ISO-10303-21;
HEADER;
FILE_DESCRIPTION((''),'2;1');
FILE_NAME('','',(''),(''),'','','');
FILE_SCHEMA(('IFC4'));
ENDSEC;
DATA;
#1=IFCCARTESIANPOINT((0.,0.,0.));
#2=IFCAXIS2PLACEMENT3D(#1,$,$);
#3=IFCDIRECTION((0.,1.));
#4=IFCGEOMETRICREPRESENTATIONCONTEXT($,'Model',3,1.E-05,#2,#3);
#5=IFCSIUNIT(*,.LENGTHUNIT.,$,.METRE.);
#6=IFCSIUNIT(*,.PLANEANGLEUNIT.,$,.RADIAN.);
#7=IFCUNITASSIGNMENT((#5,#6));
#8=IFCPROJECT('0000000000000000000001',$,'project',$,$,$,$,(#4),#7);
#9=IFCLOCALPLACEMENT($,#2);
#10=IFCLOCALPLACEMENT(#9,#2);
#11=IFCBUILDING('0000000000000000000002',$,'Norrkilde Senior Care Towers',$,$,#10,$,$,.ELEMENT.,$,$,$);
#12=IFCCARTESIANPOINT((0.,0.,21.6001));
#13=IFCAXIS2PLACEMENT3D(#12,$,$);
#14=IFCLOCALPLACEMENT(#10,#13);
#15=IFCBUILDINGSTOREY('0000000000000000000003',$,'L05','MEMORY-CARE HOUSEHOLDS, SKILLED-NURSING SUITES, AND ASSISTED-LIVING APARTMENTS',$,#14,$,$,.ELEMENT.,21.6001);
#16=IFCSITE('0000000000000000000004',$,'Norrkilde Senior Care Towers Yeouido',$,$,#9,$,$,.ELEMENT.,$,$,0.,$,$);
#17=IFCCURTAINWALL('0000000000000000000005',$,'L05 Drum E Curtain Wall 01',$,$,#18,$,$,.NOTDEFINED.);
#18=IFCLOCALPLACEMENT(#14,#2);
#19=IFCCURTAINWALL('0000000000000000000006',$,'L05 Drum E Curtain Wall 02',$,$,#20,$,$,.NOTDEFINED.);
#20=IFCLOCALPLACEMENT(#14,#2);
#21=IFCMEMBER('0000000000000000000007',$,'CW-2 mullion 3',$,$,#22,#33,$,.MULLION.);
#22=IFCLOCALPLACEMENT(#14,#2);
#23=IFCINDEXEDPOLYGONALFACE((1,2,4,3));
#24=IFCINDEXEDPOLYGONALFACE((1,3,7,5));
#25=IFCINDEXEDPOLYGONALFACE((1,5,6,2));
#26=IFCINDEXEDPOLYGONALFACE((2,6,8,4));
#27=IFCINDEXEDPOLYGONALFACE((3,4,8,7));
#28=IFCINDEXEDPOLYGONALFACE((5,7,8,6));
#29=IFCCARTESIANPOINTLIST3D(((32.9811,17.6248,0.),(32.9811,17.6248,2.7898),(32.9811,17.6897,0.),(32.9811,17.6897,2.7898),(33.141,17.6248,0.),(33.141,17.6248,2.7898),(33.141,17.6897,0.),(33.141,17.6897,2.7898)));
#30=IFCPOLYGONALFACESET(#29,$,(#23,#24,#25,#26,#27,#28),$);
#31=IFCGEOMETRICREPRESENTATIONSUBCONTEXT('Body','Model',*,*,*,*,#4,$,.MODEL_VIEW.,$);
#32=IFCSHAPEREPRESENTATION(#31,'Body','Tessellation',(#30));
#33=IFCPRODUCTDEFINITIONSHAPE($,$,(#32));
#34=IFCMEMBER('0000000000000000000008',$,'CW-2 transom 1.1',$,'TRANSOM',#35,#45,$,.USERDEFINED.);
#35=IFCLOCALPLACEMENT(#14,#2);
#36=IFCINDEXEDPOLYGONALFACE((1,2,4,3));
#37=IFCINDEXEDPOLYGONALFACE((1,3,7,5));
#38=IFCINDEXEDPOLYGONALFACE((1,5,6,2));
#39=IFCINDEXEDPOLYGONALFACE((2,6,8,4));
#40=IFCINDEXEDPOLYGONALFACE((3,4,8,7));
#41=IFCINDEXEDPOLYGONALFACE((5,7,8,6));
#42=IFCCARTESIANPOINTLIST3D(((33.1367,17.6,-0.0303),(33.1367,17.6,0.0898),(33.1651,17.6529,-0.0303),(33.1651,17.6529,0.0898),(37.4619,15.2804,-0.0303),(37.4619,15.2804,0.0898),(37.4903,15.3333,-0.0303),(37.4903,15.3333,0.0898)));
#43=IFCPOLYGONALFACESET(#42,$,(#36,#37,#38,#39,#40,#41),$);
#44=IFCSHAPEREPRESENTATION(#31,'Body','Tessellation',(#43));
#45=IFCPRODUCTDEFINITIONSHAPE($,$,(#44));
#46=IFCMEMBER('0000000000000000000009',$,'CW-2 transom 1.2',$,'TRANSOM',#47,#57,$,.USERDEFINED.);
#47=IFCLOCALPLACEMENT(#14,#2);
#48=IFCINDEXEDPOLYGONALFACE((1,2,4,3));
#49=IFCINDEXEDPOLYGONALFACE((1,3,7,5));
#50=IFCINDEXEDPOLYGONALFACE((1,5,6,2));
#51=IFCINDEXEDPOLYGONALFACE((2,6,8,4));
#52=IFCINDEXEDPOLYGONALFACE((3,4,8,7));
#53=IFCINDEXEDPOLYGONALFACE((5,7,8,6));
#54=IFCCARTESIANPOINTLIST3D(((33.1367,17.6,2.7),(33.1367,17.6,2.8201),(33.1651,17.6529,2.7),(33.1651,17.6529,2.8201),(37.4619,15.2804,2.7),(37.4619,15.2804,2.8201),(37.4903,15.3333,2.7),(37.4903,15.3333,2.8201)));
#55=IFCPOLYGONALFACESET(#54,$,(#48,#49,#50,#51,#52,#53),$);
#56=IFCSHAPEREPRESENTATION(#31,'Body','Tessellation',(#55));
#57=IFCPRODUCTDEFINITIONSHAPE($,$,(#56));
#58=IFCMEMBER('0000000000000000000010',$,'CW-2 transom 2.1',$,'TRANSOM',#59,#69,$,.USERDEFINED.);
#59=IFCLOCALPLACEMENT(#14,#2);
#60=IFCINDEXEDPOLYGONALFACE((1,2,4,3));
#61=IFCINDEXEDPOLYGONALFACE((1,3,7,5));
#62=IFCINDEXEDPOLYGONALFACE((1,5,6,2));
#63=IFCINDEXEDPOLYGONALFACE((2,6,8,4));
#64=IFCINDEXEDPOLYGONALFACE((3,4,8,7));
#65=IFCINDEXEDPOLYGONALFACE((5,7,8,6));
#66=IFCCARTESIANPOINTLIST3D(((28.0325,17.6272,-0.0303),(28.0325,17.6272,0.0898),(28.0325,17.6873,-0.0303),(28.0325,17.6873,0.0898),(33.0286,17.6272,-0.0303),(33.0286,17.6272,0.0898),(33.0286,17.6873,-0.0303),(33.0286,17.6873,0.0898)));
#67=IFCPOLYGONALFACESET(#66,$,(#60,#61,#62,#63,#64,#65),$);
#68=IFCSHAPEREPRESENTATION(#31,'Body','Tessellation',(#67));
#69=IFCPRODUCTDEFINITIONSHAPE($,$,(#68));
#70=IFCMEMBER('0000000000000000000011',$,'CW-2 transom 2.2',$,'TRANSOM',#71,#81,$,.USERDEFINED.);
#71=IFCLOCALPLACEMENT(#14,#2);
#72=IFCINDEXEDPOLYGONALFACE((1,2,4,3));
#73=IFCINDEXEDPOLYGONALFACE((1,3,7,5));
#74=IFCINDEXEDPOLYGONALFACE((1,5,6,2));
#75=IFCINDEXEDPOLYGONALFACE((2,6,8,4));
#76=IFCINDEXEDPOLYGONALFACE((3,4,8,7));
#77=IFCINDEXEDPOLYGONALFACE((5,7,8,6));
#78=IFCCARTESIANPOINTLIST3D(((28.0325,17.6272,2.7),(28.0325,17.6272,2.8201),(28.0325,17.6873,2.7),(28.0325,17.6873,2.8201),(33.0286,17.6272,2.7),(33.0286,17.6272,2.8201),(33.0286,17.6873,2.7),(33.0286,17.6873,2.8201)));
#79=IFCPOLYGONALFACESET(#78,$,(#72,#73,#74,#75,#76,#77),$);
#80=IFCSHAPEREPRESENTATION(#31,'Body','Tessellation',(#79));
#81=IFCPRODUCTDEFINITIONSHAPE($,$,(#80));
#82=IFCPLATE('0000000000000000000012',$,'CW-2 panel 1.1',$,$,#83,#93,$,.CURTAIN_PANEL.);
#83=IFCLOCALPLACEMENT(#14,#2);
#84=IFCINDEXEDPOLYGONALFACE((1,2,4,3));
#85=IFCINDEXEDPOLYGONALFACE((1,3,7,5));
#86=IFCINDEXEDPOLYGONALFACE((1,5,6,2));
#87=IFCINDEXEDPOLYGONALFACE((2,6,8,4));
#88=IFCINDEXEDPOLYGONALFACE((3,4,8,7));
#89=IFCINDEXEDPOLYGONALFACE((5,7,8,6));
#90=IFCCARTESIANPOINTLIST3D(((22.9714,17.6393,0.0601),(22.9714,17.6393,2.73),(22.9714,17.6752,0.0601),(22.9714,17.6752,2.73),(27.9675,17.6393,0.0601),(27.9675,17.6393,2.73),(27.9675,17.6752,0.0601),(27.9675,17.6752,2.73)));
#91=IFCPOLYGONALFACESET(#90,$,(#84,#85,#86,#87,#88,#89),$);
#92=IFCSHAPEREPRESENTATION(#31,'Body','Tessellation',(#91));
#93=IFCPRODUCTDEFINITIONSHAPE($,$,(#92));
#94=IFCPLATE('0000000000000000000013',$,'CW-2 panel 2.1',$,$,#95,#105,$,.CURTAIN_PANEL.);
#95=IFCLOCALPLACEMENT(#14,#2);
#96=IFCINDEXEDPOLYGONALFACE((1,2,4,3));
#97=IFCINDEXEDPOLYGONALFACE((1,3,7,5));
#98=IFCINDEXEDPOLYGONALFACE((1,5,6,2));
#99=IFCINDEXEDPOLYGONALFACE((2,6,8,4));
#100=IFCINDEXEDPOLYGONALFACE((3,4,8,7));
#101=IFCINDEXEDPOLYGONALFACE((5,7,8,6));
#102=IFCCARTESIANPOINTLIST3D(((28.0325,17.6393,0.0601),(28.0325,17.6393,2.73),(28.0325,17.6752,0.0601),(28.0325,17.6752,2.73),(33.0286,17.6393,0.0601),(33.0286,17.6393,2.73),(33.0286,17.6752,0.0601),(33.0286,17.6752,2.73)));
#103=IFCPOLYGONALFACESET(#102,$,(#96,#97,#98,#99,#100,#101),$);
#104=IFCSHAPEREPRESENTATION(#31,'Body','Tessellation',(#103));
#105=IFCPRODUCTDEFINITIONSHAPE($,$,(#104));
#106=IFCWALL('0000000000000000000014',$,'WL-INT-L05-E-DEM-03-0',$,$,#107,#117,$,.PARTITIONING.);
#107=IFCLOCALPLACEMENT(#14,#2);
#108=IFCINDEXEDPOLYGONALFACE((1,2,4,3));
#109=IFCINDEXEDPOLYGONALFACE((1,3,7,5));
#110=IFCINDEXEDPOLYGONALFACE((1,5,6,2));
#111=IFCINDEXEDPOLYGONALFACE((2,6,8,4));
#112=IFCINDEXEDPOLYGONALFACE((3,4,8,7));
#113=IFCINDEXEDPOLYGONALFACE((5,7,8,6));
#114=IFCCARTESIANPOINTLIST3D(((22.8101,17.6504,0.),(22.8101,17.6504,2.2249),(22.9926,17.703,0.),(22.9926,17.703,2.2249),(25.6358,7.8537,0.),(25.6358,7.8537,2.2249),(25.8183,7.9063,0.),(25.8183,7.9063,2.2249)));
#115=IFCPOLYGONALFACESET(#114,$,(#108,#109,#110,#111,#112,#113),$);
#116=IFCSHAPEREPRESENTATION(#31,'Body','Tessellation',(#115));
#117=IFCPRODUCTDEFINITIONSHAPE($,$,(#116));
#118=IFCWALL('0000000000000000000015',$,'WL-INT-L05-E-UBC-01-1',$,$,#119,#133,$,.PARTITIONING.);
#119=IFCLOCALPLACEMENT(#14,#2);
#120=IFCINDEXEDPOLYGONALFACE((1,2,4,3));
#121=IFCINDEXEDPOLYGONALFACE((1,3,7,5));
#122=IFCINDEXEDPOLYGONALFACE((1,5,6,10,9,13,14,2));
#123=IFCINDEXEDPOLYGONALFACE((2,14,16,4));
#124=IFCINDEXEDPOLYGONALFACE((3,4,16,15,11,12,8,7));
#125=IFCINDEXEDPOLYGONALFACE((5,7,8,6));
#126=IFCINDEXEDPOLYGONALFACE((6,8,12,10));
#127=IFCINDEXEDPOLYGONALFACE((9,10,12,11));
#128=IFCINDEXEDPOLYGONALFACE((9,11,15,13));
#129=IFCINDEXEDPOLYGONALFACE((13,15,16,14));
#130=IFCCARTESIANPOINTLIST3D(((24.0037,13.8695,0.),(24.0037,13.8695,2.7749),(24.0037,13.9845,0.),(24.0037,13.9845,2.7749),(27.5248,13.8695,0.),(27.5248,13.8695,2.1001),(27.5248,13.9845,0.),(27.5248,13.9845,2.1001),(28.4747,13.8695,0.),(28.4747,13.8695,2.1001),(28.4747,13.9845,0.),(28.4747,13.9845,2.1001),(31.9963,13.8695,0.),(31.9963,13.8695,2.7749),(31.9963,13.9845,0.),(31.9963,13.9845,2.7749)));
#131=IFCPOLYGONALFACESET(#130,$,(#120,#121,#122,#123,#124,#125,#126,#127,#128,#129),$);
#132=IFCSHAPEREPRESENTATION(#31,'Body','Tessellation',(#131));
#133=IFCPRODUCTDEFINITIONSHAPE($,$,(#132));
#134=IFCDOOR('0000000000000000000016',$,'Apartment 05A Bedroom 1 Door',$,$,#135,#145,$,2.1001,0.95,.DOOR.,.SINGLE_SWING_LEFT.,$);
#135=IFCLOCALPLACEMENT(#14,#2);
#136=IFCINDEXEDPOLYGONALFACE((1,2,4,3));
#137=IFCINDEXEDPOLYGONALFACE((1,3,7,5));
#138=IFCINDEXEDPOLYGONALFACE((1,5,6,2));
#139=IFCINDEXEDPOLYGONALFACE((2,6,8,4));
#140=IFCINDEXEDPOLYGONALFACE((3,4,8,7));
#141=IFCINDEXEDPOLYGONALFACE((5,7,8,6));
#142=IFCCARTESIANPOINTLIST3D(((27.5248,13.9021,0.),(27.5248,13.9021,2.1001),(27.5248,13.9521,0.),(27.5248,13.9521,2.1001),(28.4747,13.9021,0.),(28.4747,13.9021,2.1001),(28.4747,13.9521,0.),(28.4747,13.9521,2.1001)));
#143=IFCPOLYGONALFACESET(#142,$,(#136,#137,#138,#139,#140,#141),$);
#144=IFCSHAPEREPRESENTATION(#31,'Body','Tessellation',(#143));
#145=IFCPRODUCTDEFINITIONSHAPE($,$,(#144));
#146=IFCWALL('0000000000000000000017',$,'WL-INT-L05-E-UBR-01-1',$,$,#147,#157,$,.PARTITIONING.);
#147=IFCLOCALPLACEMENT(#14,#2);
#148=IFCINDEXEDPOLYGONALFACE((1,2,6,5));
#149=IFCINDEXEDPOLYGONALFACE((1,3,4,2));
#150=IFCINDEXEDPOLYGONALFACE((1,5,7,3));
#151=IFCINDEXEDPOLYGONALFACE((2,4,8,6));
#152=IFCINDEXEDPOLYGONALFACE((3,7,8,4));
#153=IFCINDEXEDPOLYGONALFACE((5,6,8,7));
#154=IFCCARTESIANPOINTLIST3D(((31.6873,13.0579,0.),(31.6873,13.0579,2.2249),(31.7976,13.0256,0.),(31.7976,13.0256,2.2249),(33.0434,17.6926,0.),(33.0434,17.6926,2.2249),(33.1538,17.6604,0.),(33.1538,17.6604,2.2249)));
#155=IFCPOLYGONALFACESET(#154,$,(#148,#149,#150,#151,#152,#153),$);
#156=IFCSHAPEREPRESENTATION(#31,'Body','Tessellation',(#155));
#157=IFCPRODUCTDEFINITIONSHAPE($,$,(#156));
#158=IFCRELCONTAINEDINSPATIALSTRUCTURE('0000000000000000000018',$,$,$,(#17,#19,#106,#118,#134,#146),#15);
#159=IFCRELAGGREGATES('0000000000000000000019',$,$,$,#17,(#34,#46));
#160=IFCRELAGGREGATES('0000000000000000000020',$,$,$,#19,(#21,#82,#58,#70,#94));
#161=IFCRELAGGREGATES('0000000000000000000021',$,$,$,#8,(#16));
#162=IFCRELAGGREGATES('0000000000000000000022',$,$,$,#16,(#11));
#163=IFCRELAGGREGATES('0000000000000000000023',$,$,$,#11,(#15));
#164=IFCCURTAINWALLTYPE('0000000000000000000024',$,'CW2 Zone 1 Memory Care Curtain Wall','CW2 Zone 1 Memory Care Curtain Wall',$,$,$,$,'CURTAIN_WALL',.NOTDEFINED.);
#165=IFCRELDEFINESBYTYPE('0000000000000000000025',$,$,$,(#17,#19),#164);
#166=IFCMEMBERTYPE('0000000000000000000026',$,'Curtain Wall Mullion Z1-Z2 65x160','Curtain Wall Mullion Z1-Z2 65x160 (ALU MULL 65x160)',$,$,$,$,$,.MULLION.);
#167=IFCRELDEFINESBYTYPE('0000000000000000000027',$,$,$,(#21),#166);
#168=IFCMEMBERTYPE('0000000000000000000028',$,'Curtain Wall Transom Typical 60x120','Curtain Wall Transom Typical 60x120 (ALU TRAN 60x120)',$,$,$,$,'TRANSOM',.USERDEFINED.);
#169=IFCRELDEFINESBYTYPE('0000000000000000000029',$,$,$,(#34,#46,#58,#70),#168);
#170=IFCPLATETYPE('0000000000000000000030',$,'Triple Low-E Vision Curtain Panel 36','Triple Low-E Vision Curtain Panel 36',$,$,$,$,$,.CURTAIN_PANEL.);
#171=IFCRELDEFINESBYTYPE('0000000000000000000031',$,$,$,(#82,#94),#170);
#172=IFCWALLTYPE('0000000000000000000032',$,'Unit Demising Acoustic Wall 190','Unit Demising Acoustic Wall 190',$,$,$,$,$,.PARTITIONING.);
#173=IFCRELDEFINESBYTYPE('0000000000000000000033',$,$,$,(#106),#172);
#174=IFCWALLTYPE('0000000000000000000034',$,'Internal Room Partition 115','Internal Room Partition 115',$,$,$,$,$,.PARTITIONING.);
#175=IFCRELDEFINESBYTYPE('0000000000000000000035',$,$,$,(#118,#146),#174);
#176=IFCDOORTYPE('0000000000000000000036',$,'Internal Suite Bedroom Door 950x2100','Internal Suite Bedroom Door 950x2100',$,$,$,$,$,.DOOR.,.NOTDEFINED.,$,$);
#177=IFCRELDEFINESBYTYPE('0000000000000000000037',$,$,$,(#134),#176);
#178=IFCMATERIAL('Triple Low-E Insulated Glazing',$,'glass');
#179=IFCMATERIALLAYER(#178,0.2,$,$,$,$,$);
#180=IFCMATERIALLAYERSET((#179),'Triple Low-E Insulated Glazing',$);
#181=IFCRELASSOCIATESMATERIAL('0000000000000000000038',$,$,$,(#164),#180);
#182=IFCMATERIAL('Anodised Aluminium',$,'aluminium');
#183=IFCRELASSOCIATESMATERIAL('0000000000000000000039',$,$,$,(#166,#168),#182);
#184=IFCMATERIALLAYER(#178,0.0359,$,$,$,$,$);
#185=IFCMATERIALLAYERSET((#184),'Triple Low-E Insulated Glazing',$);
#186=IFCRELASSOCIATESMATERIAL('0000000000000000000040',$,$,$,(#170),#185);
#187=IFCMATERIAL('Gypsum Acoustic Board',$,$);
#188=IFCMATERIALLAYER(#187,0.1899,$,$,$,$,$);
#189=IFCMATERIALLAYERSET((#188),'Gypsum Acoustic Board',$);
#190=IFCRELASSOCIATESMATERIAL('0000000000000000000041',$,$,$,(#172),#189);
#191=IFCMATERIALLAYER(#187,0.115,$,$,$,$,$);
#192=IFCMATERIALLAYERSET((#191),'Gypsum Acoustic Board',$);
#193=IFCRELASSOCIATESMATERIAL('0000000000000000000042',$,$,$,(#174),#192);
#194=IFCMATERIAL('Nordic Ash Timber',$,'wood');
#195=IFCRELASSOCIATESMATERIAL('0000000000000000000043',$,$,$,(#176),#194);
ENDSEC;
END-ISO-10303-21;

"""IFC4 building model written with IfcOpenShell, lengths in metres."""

from ifc_helpers import new_model, si_unit, direction, frame, frame_2d, origin, origin_2d, place, context, subcontext, project, spatial, rectangle, extrude, source, transform, mapped, material, layer, layer_set, material_profile, profile_set, type_object, type_shapes, element, fill, aggregate, save


model = new_model("IFC4")

# Units and contexts
model_context = context("Model", 3, precision=1e-05, world=origin(), true_north=direction((0.0, 1.0)))
body_context = subcontext(model_context, "Body", "Model", "MODEL_VIEW")
ifc_project = project(units=[si_unit("LENGTHUNIT", "METRE"), si_unit("PLANEANGLEUNIT", "RADIAN")], contexts=[model_context])

# Site, building, storey
site_placement = place(None, origin())
site = spatial("IfcSite", under=ifc_project, at=site_placement, Name="Norrkilde Senior Care Towers Yeouido", CompositionType="ELEMENT", RefElevation=0.0)
building_placement = place(site_placement, origin())
building = spatial("IfcBuilding", under=site, at=building_placement, Name="Norrkilde Senior Care Towers", CompositionType="ELEMENT")
storey_placement = place(building_placement, frame((0.0, 0.0, 21.6001)))
storey = spatial("IfcBuildingStorey", under=building, at=storey_placement, Name="L05", Description="MEMORY-CARE HOUSEHOLDS, SKILLED-NURSING SUITES, AND ASSISTED-LIVING APARTMENTS", CompositionType="ELEMENT", Elevation=21.6001)

# Curtain wall
ifc_material_1 = material(Name="Triple Low-E Insulated Glazing", Category="glass")
ifc_layer_1 = layer(ifc_material_1, 0.2)
ifc_layer_set_1 = layer_set([ifc_layer_1], Name="Triple Low-E Insulated Glazing")
curtain_wall_type = type_object("IfcCurtainWallType", Name="CW2 Zone 1 Memory Care Curtain Wall", Description="CW2 Zone 1 Memory Care Curtain Wall", ElementType="CURTAIN_WALL", PredefinedType="NOTDEFINED", material=ifc_layer_set_1)
curtain_wall_1_placement = place(storey_placement, origin())
curtain_wall_1 = element("IfcCurtainWall", 1, at=curtain_wall_1_placement, inside=storey, type_object=curtain_wall_type, Name="L05 Drum E Curtain Wall 01", PredefinedType="NOTDEFINED")
ifc_material_2 = material(Name="Anodised Aluminium", Category="aluminium")
ifc_material_profile_1 = material_profile(ifc_material_2, rectangle(XDim=0.0649, YDim=0.1599, at=origin_2d()), Name="ALU MULL 65x160")
ifc_profile_set_1 = profile_set([ifc_material_profile_1], Name="Anodised Aluminium")
member_type_1 = type_object("IfcMemberType", Name="Curtain Wall Mullion Z1-Z2 65x160", Description="Curtain Wall Mullion Z1-Z2 65x160 (ALU MULL 65x160)", PredefinedType="MULLION", material=ifc_profile_set_1)
shared_shape_1 = source(origin(), body_context, "Body", "SweptSolid", [
    extrude(rectangle(XDim=0.0649, YDim=0.1599, at=origin_2d()), origin(), (0.0, 0.0, 1.0), 2.7898),
])
type_shapes(member_type_1, [shared_shape_1])

# Curtain wall, member
curtain_wall_2_placement = place(storey_placement, origin())
curtain_wall_2 = element("IfcCurtainWall", 2, at=curtain_wall_2_placement, inside=storey, type_object=curtain_wall_type, Name="L05 Drum E Curtain Wall 02", PredefinedType="NOTDEFINED")
member_1_placement = place(storey_placement, frame((33.061, 17.6572, 0.0), z_axis=(0.0, 0.0, 1.0), x_axis=(0.0, 1.0, 0.0)))
member_1 = element("IfcMember", 3, at=member_1_placement, type_object=member_type_1, Name="CW-2 mullion 3", PredefinedType="MULLION", context=body_context, shape_type="MappedRepresentation", body=[
    mapped(shared_shape_1, transform((0.0, 0.0, 0.0), x_axis=(1.0, 0.0, 0.0), y_axis=(0.0, 1.0, 0.0), z_axis=(0.0, 0.0, 1.0), scale=1.0)),
])

# Members
ifc_material_profile_2 = material_profile(ifc_material_2, rectangle(XDim=0.0601, YDim=0.1201, at=origin_2d()), Name="ALU TRAN 60x120")
ifc_profile_set_2 = profile_set([ifc_material_profile_2], Name="Anodised Aluminium")
member_type_2 = type_object("IfcMemberType", Name="Curtain Wall Transom Typical 60x120", Description="Curtain Wall Transom Typical 60x120 (ALU TRAN 60x120)", ElementType="TRANSOM", PredefinedType="USERDEFINED", material=ifc_profile_set_2)
shared_shape_2 = source(origin(), body_context, "Body", "SweptSolid", [
    extrude(rectangle(XDim=0.0601, YDim=0.1201, at=origin_2d()), origin(), (0.0, 0.0, 1.0), 4.908),
])
member_2_placement = place(storey_placement, frame((33.1509, 17.6265, 0.0298), z_axis=(0.881267, -0.472619, 0.0), x_axis=(0.472619, 0.881267, 0.0)))
member_2 = element("IfcMember", 4, at=member_2_placement, type_object=member_type_2, Name="CW-2 transom 1.1", ObjectType="TRANSOM", PredefinedType="USERDEFINED", context=body_context, shape_type="MappedRepresentation", body=[
    mapped(shared_shape_2, transform((0.0, 0.0, 0.0), x_axis=(1.0, 0.0, 0.0), y_axis=(0.0, 1.0, 0.0), z_axis=(0.0, 0.0, 1.0), scale=1.0)),
])
member_3_placement = place(storey_placement, frame((33.1509, 17.6265, 2.76), z_axis=(0.881267, -0.472619, 0.0), x_axis=(0.472619, 0.881267, 0.0)))
member_3 = element("IfcMember", 5, at=member_3_placement, type_object=member_type_2, Name="CW-2 transom 1.2", ObjectType="TRANSOM", PredefinedType="USERDEFINED", context=body_context, shape_type="MappedRepresentation", body=[
    mapped(shared_shape_2, transform((0.0, 0.0, 0.0), x_axis=(1.0, 0.0, 0.0), y_axis=(0.0, 1.0, 0.0), z_axis=(0.0, 0.0, 1.0), scale=1.0)),
])
aggregate(curtain_wall_1, [member_2, member_3])
shared_shape_3 = source(origin(), body_context, "Body", "SweptSolid", [
    extrude(rectangle(XDim=0.0601, YDim=0.1201, at=origin_2d()), origin(), (0.0, 0.0, 1.0), 4.9961),
])
type_shapes(member_type_2, [shared_shape_2, shared_shape_3])
member_4_placement = place(storey_placement, frame((28.0325, 17.6572, 0.0298), z_axis=(1.0, 0.0, 0.0), x_axis=(0.0, 1.0, 0.0)))
member_4 = element("IfcMember", 6, at=member_4_placement, type_object=member_type_2, Name="CW-2 transom 2.1", ObjectType="TRANSOM", PredefinedType="USERDEFINED", context=body_context, shape_type="MappedRepresentation", body=[
    mapped(shared_shape_3, transform((0.0, 0.0, 0.0), x_axis=(1.0, 0.0, 0.0), y_axis=(0.0, 1.0, 0.0), z_axis=(0.0, 0.0, 1.0), scale=1.0)),
])
member_5_placement = place(storey_placement, frame((28.0325, 17.6572, 2.76), z_axis=(1.0, 0.0, 0.0), x_axis=(0.0, 1.0, 0.0)))
member_5 = element("IfcMember", 7, at=member_5_placement, type_object=member_type_2, Name="CW-2 transom 2.2", ObjectType="TRANSOM", PredefinedType="USERDEFINED", context=body_context, shape_type="MappedRepresentation", body=[
    mapped(shared_shape_3, transform((0.0, 0.0, 0.0), x_axis=(1.0, 0.0, 0.0), y_axis=(0.0, 1.0, 0.0), z_axis=(0.0, 0.0, 1.0), scale=1.0)),
])

# Plates
ifc_layer_2 = layer(ifc_material_1, 0.0359)
ifc_layer_set_2 = layer_set([ifc_layer_2], Name="Triple Low-E Insulated Glazing")
plate_type = type_object("IfcPlateType", Name="Triple Low-E Vision Curtain Panel 36", Description="Triple Low-E Vision Curtain Panel 36", PredefinedType="CURTAIN_PANEL", material=ifc_layer_set_2)
shared_shape_4 = source(origin(), body_context, "Body", "SweptSolid", [
    extrude(rectangle(XDim=4.9961, YDim=0.0359, at=origin_2d()), origin(), (0.0, 0.0, 1.0), 2.6699),
])
type_shapes(plate_type, [shared_shape_4])
plate_1_placement = place(storey_placement, frame((25.4695, 17.6572, 0.0601), z_axis=(0.0, 0.0, 1.0), x_axis=(1.0, 0.0, 0.0)))
plate_1 = element("IfcPlate", 8, at=plate_1_placement, type_object=plate_type, Name="CW-2 panel 1.1", PredefinedType="CURTAIN_PANEL", context=body_context, shape_type="MappedRepresentation", body=[
    mapped(shared_shape_4, transform((0.0, 0.0, 0.0), x_axis=(1.0, 0.0, 0.0), y_axis=(0.0, 1.0, 0.0), z_axis=(0.0, 0.0, 1.0), scale=1.0)),
])
plate_2_placement = place(storey_placement, frame((30.5305, 17.6572, 0.0601), z_axis=(0.0, 0.0, 1.0), x_axis=(1.0, 0.0, 0.0)))
plate_2 = element("IfcPlate", 9, at=plate_2_placement, type_object=plate_type, Name="CW-2 panel 2.1", PredefinedType="CURTAIN_PANEL", context=body_context, shape_type="MappedRepresentation", body=[
    mapped(shared_shape_4, transform((0.0, 0.0, 0.0), x_axis=(1.0, 0.0, 0.0), y_axis=(0.0, 1.0, 0.0), z_axis=(0.0, 0.0, 1.0), scale=1.0)),
])
aggregate(curtain_wall_2, [member_1, plate_1, member_4, member_5, plate_2])

# Wall
ifc_material_3 = material(Name="Gypsum Acoustic Board")
ifc_layer_3 = layer(ifc_material_3, 0.1899)
ifc_layer_set_3 = layer_set([ifc_layer_3], Name="Gypsum Acoustic Board")
wall_type_1 = type_object("IfcWallType", Name="Unit Demising Acoustic Wall 190", Description="Unit Demising Acoustic Wall 190", PredefinedType="PARTITIONING", material=ifc_layer_set_3)
shared_shape_5 = source(origin(), body_context, "Body", "SweptSolid", [
    extrude(rectangle(XDim=10.196, YDim=0.1899, at=frame_2d((5.0981, 0.0))), origin(), (0.0, 0.0, 1.0), 2.2249),
])
type_shapes(wall_type_1, [shared_shape_5])
wall_1_placement = place(storey_placement, frame((25.7271, 7.8799, 0.0), z_axis=(0.0, 0.0, 1.0), x_axis=(-0.277136, 0.960831, 0.0)))
element("IfcWall", 10, at=wall_1_placement, inside=storey, type_object=wall_type_1, Name="WL-INT-L05-E-DEM-03-0", PredefinedType="PARTITIONING", context=body_context, shape_type="MappedRepresentation", body=[
    mapped(shared_shape_5, transform((0.0, 0.0, 0.0), x_axis=(1.0, 0.0, 0.0), y_axis=(0.0, 1.0, 0.0), z_axis=(0.0, 0.0, 1.0), scale=1.0)),
])

# Wall, opening, door
ifc_layer_4 = layer(ifc_material_3, 0.115)
ifc_layer_set_4 = layer_set([ifc_layer_4], Name="Gypsum Acoustic Board")
wall_type_2 = type_object("IfcWallType", Name="Internal Room Partition 115", Description="Internal Room Partition 115", PredefinedType="PARTITIONING", material=ifc_layer_set_4)
shared_shape_6 = source(origin(), body_context, "Body", "SweptSolid", [
    extrude(rectangle(XDim=7.9927, YDim=0.115, at=frame_2d((3.9963, 0.0))), origin(), (0.0, 0.0, 1.0), 2.7749),
])
wall_2_placement = place(storey_placement, frame((31.9963, 13.927, 0.0), z_axis=(0.0, 0.0, 1.0), x_axis=(-1.0, 0.0, 0.0)))
wall_2 = element("IfcWall", 11, at=wall_2_placement, inside=storey, type_object=wall_type_2, Name="WL-INT-L05-E-UBC-01-1", PredefinedType="PARTITIONING", context=body_context, shape_type="MappedRepresentation", body=[
    mapped(shared_shape_6, transform((0.0, 0.0, 0.0), x_axis=(1.0, 0.0, 0.0), y_axis=(0.0, 1.0, 0.0), z_axis=(0.0, 0.0, 1.0), scale=1.0)),
])
opening_placement = place(wall_2_placement, frame((3.5215, 0.0, 0.0)))
opening = element("IfcOpeningElement", 12, at=opening_placement, cuts=wall_2, PredefinedType="OPENING", context=body_context, shape_type="SweptSolid", body=[
    extrude(rectangle(XDim=0.95, YDim=2.1001, at=frame_2d((0.4751, 1.05))), frame((0.0, 0.0674, 0.0), z_axis=(0.0, -1.0, 0.0), x_axis=(1.0, 0.0, 0.0)), (0.0, 0.0, 1.0), 0.135),
])
ifc_material_4 = material(Name="Nordic Ash Timber", Category="wood")
door_type = type_object("IfcDoorType", Name="Internal Suite Bedroom Door 950x2100", Description="Internal Suite Bedroom Door 950x2100", OperationType="NOTDEFINED", PredefinedType="DOOR", material=ifc_material_4)
shared_shape_7 = source(origin(), body_context, "Body", "SweptSolid", [
    extrude(rectangle(XDim=0.95, YDim=2.1001, at=frame_2d((0.4751, 1.05))), frame((0.0, 0.0249, 0.0), z_axis=(0.0, -1.0, 0.0), x_axis=(1.0, 0.0, 0.0)), (0.0, 0.0, 1.0), 0.05),
])
type_shapes(door_type, [shared_shape_7])
door_placement = place(opening_placement, origin())
door = element("IfcDoor", 13, at=door_placement, inside=storey, type_object=door_type, Name="Apartment 05A Bedroom 1 Door", OperationType="SINGLE_SWING_LEFT", OverallHeight=2.1001, OverallWidth=0.95, PredefinedType="DOOR", context=body_context, shape_type="MappedRepresentation", body=[
    mapped(shared_shape_7, transform((0.0, 0.0, 0.0), x_axis=(1.0, 0.0, 0.0), y_axis=(0.0, 1.0, 0.0), z_axis=(0.0, 0.0, 1.0), scale=1.0)),
])
fill(opening, door)

# Wall
shared_shape_8 = source(origin(), body_context, "Body", "SweptSolid", [
    extrude(rectangle(XDim=4.8291, YDim=0.115, at=frame_2d((2.4146, 0.0))), origin(), (0.0, 0.0, 1.0), 2.2249),
])
type_shapes(wall_type_2, [shared_shape_6, shared_shape_8])
wall_3_placement = place(storey_placement, frame((31.7424, 13.0417, 0.0), z_axis=(0.0, 0.0, 1.0), x_axis=(0.280839, 0.959755, 0.0)))
element("IfcWall", 14, at=wall_3_placement, inside=storey, type_object=wall_type_2, Name="WL-INT-L05-E-UBR-01-1", PredefinedType="PARTITIONING", context=body_context, shape_type="MappedRepresentation", body=[
    mapped(shared_shape_8, transform((0.0, 0.0, 0.0), x_axis=(1.0, 0.0, 0.0), y_axis=(0.0, 1.0, 0.0), z_axis=(0.0, 0.0, 1.0), scale=1.0)),
])

save(model, "model.ifc")
